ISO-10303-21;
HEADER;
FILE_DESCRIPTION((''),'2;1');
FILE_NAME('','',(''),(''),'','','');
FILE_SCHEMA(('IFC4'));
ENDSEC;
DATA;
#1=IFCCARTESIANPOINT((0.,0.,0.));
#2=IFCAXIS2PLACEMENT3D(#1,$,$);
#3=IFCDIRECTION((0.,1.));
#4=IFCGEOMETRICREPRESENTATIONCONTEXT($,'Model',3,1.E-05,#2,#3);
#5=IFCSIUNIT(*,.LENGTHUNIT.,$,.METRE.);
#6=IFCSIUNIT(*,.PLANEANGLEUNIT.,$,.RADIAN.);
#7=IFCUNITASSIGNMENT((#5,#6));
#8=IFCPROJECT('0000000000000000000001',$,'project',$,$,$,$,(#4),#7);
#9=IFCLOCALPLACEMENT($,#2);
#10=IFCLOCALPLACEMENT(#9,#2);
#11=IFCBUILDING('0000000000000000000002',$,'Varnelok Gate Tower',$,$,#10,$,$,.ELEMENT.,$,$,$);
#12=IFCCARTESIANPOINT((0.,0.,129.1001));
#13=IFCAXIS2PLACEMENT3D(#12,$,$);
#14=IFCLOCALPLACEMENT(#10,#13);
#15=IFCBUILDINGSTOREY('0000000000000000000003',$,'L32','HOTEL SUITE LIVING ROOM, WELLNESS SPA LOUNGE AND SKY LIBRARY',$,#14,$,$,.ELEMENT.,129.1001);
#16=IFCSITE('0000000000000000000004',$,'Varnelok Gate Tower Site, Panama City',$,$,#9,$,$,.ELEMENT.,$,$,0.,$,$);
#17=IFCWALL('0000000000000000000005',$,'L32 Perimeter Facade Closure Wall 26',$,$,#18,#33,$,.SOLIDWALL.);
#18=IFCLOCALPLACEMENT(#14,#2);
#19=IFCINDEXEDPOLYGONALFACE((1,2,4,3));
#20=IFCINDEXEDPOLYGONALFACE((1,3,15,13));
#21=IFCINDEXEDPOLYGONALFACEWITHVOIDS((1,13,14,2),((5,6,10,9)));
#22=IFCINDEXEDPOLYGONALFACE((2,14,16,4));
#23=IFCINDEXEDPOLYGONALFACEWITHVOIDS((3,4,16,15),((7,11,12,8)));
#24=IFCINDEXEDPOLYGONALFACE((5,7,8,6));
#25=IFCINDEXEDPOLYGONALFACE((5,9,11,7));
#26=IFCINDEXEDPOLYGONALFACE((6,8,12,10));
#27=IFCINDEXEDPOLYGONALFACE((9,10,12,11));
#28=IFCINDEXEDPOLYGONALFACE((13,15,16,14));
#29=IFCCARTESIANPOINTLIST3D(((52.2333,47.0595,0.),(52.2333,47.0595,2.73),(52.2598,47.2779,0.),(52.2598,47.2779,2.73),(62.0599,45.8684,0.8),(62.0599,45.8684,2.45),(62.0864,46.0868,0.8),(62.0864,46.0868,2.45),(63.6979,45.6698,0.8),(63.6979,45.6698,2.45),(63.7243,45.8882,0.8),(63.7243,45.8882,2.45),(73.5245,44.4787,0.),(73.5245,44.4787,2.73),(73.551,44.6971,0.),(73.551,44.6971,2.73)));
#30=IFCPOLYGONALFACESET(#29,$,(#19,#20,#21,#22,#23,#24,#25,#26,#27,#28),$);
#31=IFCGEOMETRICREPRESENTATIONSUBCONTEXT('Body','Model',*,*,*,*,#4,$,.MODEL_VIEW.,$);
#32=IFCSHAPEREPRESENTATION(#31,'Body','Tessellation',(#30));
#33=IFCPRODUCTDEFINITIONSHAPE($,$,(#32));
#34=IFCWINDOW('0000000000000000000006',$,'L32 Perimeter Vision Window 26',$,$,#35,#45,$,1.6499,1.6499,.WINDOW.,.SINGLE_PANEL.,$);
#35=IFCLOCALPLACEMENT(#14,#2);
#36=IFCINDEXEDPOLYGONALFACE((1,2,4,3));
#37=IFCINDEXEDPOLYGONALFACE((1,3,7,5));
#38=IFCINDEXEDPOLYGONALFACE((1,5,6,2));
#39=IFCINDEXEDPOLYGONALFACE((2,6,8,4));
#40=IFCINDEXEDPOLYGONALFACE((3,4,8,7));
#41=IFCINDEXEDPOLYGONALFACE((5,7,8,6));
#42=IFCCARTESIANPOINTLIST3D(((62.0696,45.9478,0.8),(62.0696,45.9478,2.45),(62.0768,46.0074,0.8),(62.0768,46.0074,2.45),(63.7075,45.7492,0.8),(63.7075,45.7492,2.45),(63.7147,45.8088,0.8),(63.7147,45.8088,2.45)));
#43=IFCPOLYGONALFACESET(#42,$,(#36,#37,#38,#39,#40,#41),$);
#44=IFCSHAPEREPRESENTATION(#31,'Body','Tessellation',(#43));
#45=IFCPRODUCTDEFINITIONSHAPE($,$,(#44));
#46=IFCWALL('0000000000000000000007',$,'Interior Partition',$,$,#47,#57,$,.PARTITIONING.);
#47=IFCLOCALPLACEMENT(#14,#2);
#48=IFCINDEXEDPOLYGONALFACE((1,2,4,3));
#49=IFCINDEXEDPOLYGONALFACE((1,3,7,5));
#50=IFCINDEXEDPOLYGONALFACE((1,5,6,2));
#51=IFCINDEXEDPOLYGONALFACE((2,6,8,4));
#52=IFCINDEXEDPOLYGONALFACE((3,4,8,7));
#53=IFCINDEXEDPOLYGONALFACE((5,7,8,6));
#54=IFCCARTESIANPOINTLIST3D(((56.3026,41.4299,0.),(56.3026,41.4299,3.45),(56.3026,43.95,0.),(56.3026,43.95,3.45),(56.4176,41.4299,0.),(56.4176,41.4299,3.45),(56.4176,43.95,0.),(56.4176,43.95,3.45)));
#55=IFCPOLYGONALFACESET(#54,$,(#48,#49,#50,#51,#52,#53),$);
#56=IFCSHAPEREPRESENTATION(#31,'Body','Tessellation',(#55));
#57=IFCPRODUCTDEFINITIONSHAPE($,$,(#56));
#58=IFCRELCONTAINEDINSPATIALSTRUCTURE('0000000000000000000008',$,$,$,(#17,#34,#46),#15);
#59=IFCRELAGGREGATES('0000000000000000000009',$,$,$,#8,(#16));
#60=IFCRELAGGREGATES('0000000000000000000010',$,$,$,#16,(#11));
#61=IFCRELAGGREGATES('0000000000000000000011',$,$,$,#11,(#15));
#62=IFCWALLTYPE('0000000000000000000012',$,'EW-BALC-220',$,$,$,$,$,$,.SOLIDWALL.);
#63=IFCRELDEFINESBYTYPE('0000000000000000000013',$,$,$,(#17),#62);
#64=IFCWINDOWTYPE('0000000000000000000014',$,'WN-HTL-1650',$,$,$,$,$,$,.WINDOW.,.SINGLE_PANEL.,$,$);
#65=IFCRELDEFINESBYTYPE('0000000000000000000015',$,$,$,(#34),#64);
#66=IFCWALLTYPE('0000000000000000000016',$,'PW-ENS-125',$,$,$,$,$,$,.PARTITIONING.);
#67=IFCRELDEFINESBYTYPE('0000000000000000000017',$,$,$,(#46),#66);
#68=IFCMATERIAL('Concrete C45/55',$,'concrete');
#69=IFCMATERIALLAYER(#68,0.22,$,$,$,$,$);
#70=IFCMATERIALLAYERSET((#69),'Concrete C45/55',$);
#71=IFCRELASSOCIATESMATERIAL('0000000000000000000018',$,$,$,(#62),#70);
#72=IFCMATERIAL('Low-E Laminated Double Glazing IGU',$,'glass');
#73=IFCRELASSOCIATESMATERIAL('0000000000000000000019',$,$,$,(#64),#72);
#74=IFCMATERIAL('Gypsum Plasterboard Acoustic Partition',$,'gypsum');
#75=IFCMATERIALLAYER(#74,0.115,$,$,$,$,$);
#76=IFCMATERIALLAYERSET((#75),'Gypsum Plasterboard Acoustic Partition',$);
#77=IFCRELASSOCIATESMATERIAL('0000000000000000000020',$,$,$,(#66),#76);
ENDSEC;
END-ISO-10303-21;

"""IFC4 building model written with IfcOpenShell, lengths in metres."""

from ifc_helpers import new_model, si_unit, direction, frame, frame_2d, origin, place, context, subcontext, project, spatial, rectangle, extrude, material, layer, layer_set, type_object, element, fill, save


model = new_model("IFC4")

# Units and contexts
model_context = context("Model", 3, precision=1e-05, world=origin(), true_north=direction((0.0, 1.0)))
body_context = subcontext(model_context, "Body", "Model", "MODEL_VIEW")
ifc_project = project(units=[si_unit("LENGTHUNIT", "METRE"), si_unit("PLANEANGLEUNIT", "RADIAN")], contexts=[model_context])

# Site, building, storey
site_placement = place(None, origin())
site = spatial("IfcSite", under=ifc_project, at=site_placement, Name="Varnelok Gate Tower Site, Panama City", CompositionType="ELEMENT", RefElevation=0.0)
building_placement = place(site_placement, origin())
building = spatial("IfcBuilding", under=site, at=building_placement, Name="Varnelok Gate Tower", CompositionType="ELEMENT")
storey_placement = place(building_placement, frame((0.0, 0.0, 129.1001)))
storey = spatial("IfcBuildingStorey", under=building, at=storey_placement, Name="L32", Description="HOTEL SUITE LIVING ROOM, WELLNESS SPA LOUNGE AND SKY LIBRARY", CompositionType="ELEMENT", Elevation=129.1001)

# Shared definitions
ifc_material_1 = material(Name="Low-E Laminated Double Glazing IGU", Category="glass")

# Shared definitions
ifc_material_2 = material(Name="Concrete C45/55", Category="concrete")
ifc_layer_1 = layer(ifc_material_2, 0.22)
ifc_layer_set_1 = layer_set([ifc_layer_1], Name="Concrete C45/55")
wall_type_1 = type_object("IfcWallType", Name="EW-BALC-220", PredefinedType="SOLIDWALL", material=ifc_layer_set_1)

# Wall, opening, window
wall_1_placement = place(storey_placement, frame((73.5378, 44.5879, 0.0), z_axis=(0.0, 0.0, 1.0), x_axis=(-0.992733, 0.120334, 0.0)))
wall_1 = element("IfcWall", 1, at=wall_1_placement, inside=storey, type_object=wall_type_1, Name="L32 Perimeter Facade Closure Wall 26", PredefinedType="SOLIDWALL", context=body_context, shape_type="SweptSolid", body=[
    extrude(rectangle(XDim=21.447, YDim=0.22, at=frame_2d((10.7236, 0.0))), origin(), (0.0, 0.0, 1.0), 2.73),
])
opening_placement = place(wall_1_placement, frame((9.8987, 0.0, 0.8)))
opening = element("IfcOpeningElement", 2, at=opening_placement, cuts=wall_1, PredefinedType="OPENING", context=body_context, shape_type="SweptSolid", body=[
    extrude(rectangle(XDim=1.6499, YDim=1.6499, at=frame_2d((0.825, 0.825))), frame((0.0, 0.1199, 0.0), z_axis=(0.0, -1.0, 0.0), x_axis=(1.0, 0.0, 0.0)), (0.0, 0.0, 1.0), 0.24),
])
window_type = type_object("IfcWindowType", Name="WN-HTL-1650", PartitioningType="SINGLE_PANEL", PredefinedType="WINDOW", material=ifc_material_1)
window_placement = place(opening_placement, origin())
window = element("IfcWindow", 3, at=window_placement, inside=storey, type_object=window_type, Name="L32 Perimeter Vision Window 26", OverallHeight=1.6499, OverallWidth=1.6499, PartitioningType="SINGLE_PANEL", PredefinedType="WINDOW", context=body_context, shape_type="SweptSolid", body=[
    extrude(rectangle(XDim=1.6499, YDim=1.6499, at=frame_2d((0.825, 0.825))), frame((0.0, 0.03, 0.0), z_axis=(0.0, -1.0, 0.0), x_axis=(1.0, 0.0, 0.0)), (0.0, 0.0, 1.0), 0.0601),
])
fill(opening, window)

# Wall
ifc_material_3 = material(Name="Gypsum Plasterboard Acoustic Partition", Category="gypsum")
ifc_layer_2 = layer(ifc_material_3, 0.115)
ifc_layer_set_2 = layer_set([ifc_layer_2], Name="Gypsum Plasterboard Acoustic Partition")
wall_type_2 = type_object("IfcWallType", Name="PW-ENS-125", PredefinedType="PARTITIONING", material=ifc_layer_set_2)
wall_2_placement = place(storey_placement, frame((56.3601, 41.4299, 0.0), z_axis=(0.0, 0.0, 1.0), x_axis=(0.0, 1.0, 0.0)))
element("IfcWall", 4, at=wall_2_placement, inside=storey, type_object=wall_type_2, Name="Interior Partition", PredefinedType="PARTITIONING", context=body_context, shape_type="SweptSolid", body=[
    extrude(rectangle(XDim=2.52, YDim=0.115, at=frame_2d((1.26, 0.0))), origin(), (0.0, 0.0, 1.0), 3.45),
])

save(model, "model.ifc")
